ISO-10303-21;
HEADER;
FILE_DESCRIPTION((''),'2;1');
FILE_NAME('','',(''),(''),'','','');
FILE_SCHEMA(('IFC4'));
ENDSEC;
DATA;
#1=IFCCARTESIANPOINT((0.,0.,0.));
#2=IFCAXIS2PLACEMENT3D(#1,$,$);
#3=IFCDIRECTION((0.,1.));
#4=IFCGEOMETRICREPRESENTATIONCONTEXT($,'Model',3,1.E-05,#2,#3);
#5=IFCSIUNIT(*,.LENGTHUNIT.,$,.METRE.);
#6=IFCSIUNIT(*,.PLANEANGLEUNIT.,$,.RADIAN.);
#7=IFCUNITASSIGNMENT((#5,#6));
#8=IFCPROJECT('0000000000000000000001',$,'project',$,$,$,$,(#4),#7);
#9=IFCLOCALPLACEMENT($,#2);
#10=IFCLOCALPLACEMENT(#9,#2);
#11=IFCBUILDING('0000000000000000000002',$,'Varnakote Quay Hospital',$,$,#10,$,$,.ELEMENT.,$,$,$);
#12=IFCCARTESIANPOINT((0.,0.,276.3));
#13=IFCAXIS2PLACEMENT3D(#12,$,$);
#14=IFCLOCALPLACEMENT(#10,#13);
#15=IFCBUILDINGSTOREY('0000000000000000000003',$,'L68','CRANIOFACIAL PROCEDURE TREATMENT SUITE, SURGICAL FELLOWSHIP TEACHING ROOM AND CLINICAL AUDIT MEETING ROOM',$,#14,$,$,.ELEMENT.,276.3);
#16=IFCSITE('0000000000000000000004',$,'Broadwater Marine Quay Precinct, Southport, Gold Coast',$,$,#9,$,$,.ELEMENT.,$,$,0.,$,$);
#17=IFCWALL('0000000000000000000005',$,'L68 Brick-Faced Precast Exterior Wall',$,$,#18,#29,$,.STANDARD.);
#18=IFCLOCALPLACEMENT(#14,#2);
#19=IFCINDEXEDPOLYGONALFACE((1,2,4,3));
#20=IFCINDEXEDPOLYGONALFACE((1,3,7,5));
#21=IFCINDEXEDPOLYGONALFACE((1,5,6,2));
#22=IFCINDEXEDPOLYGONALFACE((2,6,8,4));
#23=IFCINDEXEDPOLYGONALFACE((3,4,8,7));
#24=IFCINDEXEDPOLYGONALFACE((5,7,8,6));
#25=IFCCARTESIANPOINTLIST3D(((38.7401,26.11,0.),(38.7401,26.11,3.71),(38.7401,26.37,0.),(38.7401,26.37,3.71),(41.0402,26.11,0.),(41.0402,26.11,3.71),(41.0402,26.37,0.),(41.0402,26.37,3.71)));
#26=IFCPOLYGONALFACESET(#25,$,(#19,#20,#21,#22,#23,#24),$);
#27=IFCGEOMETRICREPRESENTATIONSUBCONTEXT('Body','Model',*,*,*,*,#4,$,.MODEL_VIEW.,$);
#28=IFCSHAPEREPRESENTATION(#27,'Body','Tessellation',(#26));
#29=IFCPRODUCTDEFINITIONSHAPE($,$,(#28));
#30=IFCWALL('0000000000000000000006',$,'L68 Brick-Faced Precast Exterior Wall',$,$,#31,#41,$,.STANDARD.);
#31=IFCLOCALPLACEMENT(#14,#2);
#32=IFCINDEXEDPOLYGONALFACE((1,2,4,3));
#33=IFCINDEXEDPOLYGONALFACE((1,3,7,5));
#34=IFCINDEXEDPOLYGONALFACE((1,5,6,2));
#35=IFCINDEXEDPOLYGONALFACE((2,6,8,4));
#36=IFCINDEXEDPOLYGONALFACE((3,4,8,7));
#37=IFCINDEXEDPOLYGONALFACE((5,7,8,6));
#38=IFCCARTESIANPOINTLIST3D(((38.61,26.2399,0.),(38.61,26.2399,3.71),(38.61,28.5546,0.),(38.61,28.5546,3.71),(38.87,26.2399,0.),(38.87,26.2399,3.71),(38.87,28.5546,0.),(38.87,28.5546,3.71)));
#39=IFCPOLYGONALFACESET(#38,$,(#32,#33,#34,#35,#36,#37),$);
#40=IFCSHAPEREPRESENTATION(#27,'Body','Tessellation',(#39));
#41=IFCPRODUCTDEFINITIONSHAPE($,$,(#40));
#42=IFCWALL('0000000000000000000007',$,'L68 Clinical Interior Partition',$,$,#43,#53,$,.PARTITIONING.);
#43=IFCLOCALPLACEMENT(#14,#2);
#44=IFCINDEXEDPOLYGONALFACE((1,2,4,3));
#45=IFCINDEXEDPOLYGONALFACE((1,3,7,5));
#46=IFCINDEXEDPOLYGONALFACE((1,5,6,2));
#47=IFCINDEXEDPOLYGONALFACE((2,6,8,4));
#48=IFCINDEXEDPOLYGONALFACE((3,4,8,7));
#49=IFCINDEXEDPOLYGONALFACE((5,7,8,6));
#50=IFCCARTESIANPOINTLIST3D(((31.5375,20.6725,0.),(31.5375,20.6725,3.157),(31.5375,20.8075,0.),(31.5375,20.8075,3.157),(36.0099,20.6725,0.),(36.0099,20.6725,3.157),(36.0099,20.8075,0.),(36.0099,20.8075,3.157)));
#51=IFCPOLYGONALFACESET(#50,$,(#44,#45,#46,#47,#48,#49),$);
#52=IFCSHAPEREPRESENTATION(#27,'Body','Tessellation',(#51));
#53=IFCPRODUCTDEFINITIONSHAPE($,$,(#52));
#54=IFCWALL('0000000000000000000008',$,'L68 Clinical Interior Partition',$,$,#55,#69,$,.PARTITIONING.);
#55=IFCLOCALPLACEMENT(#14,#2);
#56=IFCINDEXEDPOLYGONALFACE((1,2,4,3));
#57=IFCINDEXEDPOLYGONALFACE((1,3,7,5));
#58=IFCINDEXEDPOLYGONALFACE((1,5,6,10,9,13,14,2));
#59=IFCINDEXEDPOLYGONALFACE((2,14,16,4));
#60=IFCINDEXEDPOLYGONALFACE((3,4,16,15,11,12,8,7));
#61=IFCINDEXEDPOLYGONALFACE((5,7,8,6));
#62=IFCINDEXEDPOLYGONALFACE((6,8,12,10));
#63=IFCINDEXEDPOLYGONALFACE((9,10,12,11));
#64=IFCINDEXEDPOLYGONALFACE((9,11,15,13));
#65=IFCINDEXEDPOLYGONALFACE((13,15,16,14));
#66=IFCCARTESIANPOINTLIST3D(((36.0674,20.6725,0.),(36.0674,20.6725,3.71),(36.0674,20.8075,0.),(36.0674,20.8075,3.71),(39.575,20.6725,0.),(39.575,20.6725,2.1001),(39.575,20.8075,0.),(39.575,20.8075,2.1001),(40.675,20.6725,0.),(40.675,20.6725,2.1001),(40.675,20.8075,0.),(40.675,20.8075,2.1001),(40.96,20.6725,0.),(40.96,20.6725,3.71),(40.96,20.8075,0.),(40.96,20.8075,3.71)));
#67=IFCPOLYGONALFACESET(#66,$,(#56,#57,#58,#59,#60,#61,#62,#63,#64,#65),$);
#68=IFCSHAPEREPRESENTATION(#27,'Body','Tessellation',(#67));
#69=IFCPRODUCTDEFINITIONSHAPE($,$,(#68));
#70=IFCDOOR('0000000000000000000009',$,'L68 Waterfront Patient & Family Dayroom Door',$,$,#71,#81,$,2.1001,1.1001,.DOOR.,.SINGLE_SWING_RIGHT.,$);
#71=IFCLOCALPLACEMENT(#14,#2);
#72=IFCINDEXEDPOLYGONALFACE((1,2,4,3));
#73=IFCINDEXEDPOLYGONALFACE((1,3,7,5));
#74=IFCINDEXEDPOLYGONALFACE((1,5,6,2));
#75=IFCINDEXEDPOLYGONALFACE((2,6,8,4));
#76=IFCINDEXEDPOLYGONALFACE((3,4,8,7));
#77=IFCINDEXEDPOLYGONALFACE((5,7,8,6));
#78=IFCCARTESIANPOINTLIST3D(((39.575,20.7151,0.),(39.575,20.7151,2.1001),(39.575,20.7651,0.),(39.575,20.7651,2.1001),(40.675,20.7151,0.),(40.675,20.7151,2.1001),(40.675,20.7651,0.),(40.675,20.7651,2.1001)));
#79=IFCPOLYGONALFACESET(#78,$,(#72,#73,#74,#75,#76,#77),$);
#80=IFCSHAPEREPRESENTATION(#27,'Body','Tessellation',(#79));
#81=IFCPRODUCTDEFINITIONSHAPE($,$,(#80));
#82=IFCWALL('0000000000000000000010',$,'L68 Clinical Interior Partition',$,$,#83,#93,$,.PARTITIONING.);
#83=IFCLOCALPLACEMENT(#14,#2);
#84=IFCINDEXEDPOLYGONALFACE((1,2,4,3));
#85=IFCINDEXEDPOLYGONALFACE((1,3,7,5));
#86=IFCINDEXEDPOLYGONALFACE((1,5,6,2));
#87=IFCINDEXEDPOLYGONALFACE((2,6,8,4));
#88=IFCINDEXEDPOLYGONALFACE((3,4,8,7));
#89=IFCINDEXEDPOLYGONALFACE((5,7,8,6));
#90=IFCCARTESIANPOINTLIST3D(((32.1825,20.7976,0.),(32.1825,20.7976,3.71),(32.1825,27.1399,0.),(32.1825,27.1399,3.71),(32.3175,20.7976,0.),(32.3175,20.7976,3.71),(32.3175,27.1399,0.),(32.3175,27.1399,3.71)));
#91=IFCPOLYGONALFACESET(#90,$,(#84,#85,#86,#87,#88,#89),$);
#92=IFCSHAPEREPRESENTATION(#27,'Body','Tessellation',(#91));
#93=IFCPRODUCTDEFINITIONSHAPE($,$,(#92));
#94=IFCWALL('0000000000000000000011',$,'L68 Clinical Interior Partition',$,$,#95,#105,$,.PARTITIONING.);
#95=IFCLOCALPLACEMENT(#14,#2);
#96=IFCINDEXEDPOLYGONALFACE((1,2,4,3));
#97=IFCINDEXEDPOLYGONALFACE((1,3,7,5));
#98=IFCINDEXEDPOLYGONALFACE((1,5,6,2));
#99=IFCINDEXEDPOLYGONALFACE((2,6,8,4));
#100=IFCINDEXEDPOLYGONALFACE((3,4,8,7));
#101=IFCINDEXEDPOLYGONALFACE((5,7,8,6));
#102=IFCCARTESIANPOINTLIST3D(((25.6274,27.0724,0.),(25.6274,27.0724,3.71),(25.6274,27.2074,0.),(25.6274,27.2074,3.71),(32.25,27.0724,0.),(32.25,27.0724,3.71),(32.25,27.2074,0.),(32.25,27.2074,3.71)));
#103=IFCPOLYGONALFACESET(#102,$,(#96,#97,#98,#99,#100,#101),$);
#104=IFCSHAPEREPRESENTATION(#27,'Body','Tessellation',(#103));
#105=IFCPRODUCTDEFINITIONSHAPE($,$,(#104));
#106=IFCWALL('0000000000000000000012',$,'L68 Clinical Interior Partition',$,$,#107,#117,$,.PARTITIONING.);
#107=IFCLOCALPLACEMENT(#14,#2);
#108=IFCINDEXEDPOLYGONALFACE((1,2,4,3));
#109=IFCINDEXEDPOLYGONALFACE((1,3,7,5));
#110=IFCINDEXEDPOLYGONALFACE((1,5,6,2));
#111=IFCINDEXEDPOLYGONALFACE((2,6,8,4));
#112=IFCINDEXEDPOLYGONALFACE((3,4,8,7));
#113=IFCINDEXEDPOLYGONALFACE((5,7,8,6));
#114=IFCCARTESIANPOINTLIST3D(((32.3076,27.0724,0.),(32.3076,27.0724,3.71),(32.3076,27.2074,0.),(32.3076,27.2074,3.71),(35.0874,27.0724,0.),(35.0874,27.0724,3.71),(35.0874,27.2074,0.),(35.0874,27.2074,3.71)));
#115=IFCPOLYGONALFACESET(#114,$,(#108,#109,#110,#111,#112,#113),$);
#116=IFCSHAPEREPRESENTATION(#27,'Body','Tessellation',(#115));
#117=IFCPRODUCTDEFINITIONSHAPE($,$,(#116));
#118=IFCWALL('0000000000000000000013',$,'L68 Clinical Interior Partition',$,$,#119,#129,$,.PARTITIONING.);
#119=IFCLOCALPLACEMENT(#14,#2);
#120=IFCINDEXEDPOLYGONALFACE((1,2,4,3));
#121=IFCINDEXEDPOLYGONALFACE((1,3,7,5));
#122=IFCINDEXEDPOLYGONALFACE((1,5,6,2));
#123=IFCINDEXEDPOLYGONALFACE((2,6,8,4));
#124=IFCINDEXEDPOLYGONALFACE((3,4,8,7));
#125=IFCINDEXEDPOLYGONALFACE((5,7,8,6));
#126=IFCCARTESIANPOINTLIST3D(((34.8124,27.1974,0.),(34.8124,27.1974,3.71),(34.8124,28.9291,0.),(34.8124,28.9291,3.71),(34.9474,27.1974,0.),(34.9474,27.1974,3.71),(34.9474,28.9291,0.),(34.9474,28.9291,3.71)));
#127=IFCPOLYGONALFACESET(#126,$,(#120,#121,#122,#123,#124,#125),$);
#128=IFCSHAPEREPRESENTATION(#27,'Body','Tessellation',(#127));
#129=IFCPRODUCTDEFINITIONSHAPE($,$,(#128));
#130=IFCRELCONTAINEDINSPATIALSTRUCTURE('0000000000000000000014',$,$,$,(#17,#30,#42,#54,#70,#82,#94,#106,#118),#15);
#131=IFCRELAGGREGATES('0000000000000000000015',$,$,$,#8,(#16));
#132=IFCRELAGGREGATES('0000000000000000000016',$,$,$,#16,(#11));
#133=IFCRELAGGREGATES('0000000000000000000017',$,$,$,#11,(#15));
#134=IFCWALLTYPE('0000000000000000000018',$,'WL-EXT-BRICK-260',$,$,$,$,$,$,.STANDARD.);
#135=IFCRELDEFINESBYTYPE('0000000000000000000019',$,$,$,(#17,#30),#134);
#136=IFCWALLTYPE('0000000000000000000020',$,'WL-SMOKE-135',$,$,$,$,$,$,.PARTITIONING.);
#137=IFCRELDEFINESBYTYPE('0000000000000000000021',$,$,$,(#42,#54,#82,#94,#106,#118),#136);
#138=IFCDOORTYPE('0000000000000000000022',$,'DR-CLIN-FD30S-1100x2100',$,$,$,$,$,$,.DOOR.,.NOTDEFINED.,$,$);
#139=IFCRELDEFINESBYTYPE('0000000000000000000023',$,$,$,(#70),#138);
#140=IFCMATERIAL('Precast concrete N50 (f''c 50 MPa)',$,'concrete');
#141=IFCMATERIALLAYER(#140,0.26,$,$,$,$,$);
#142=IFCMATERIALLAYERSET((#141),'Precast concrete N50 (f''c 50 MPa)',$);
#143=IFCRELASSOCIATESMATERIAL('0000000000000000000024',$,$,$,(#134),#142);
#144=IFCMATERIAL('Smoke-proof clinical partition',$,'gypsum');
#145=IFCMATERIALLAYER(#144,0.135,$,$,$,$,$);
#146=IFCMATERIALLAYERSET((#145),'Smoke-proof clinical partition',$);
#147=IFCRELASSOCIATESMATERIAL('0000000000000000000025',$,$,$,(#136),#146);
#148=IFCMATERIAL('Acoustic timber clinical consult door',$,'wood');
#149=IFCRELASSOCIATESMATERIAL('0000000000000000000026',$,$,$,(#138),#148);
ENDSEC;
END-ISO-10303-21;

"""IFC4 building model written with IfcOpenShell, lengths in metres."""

from ifc_helpers import new_model, si_unit, direction, frame, frame_2d, origin, place, context, subcontext, project, spatial, rectangle, extrude, material, layer, layer_set, type_object, element, fill, save


model = new_model("IFC4")

# Units and contexts
model_context = context("Model", 3, precision=1e-05, world=origin(), true_north=direction((0.0, 1.0)))
body_context = subcontext(model_context, "Body", "Model", "MODEL_VIEW")
ifc_project = project(units=[si_unit("LENGTHUNIT", "METRE"), si_unit("PLANEANGLEUNIT", "RADIAN")], contexts=[model_context])

# Site, building, storey
site_placement = place(None, origin())
site = spatial("IfcSite", under=ifc_project, at=site_placement, Name="Broadwater Marine Quay Precinct, Southport, Gold Coast", CompositionType="ELEMENT", RefElevation=0.0)
building_placement = place(site_placement, origin())
building = spatial("IfcBuilding", under=site, at=building_placement, Name="Varnakote Quay Hospital", CompositionType="ELEMENT")
storey_placement = place(building_placement, frame((0.0, 0.0, 276.3)))
storey = spatial("IfcBuildingStorey", under=building, at=storey_placement, Name="L68", Description="CRANIOFACIAL PROCEDURE TREATMENT SUITE, SURGICAL FELLOWSHIP TEACHING ROOM AND CLINICAL AUDIT MEETING ROOM", CompositionType="ELEMENT", Elevation=276.3)

# Walls
ifc_material_1 = material(Name="Precast concrete N50 (f'c 50 MPa)", Category="concrete")
ifc_layer_1 = layer(ifc_material_1, 0.26)
ifc_layer_set_1 = layer_set([ifc_layer_1], Name="Precast concrete N50 (f'c 50 MPa)")
wall_type_1 = type_object("IfcWallType", Name="WL-EXT-BRICK-260", PredefinedType="STANDARD", material=ifc_layer_set_1)
wall_1_placement = place(storey_placement, frame((41.04, 26.24, 0.0), z_axis=(0.0, 0.0, 1.0), x_axis=(-1.0, 0.0, 0.0)))
element("IfcWall", 1, at=wall_1_placement, inside=storey, type_object=wall_type_1, Name="L68 Brick-Faced Precast Exterior Wall", PredefinedType="STANDARD", context=body_context, shape_type="SweptSolid", body=[
    extrude(rectangle(XDim=2.3, YDim=0.26, at=frame_2d((1.1499, 0.0))), origin(), (0.0, 0.0, 1.0), 3.71),
])
wall_2_placement = place(storey_placement, frame((38.74, 26.24, 0.0), z_axis=(0.0, 0.0, 1.0), x_axis=(0.0, 1.0, 0.0)))
element("IfcWall", 2, at=wall_2_placement, inside=storey, type_object=wall_type_1, Name="L68 Brick-Faced Precast Exterior Wall", PredefinedType="STANDARD", context=body_context, shape_type="SweptSolid", body=[
    extrude(rectangle(XDim=2.3147, YDim=0.26, at=frame_2d((1.1572, 0.0))), origin(), (0.0, 0.0, 1.0), 3.71),
])
ifc_material_2 = material(Name="Smoke-proof clinical partition", Category="gypsum")
ifc_layer_2 = layer(ifc_material_2, 0.135)
ifc_layer_set_2 = layer_set([ifc_layer_2], Name="Smoke-proof clinical partition")
wall_type_2 = type_object("IfcWallType", Name="WL-SMOKE-135", PredefinedType="PARTITIONING", material=ifc_layer_set_2)
wall_3_placement = place(storey_placement, frame((36.01, 20.74, 0.0), z_axis=(0.0, 0.0, 1.0), x_axis=(-1.0, 0.0, 0.0)))
element("IfcWall", 3, at=wall_3_placement, inside=storey, type_object=wall_type_2, Name="L68 Clinical Interior Partition", PredefinedType="PARTITIONING", context=body_context, shape_type="SweptSolid", body=[
    extrude(rectangle(XDim=4.4724, YDim=0.135, at=frame_2d((2.2363, 0.0))), origin(), (0.0, 0.0, 1.0), 3.157),
])

# Wall, opening, door
wall_4_placement = place(storey_placement, frame((40.96, 20.74, 0.0), z_axis=(0.0, 0.0, 1.0), x_axis=(-1.0, 0.0, 0.0)))
wall_4 = element("IfcWall", 4, at=wall_4_placement, inside=storey, type_object=wall_type_2, Name="L68 Clinical Interior Partition", PredefinedType="PARTITIONING", context=body_context, shape_type="SweptSolid", body=[
    extrude(rectangle(XDim=4.8926, YDim=0.135, at=frame_2d((2.4463, 0.0))), origin(), (0.0, 0.0, 1.0), 3.71),
])
opening_1_placement = place(wall_4_placement, frame((0.2849, 0.0, 0.0)))
opening_1 = element("IfcOpeningElement", 5, at=opening_1_placement, cuts=wall_4, PredefinedType="OPENING", context=body_context, shape_type="SweptSolid", body=[
    extrude(rectangle(XDim=1.1001, YDim=2.1001, at=frame_2d((0.55, 1.05))), frame((0.0, 0.0774, 0.0), z_axis=(0.0, -1.0, 0.0), x_axis=(1.0, 0.0, 0.0)), (0.0, 0.0, 1.0), 0.155),
])
ifc_material_3 = material(Name="Acoustic timber clinical consult door", Category="wood")
door_type_1 = type_object("IfcDoorType", Name="DR-CLIN-FD30S-1100x2100", OperationType="NOTDEFINED", PredefinedType="DOOR", material=ifc_material_3)
door_1_placement = place(opening_1_placement, origin())
door_1 = element("IfcDoor", 6, at=door_1_placement, inside=storey, type_object=door_type_1, Name="L68 Waterfront Patient & Family Dayroom Door", OperationType="SINGLE_SWING_RIGHT", OverallHeight=2.1001, OverallWidth=1.1001, PredefinedType="DOOR", context=body_context, shape_type="SweptSolid", body=[
    extrude(rectangle(XDim=1.1001, YDim=2.1001, at=frame_2d((0.55, 1.05))), frame((0.0, 0.0249, 0.0), z_axis=(0.0, -1.0, 0.0), x_axis=(1.0, 0.0, 0.0)), (0.0, 0.0, 1.0), 0.05),
])
fill(opening_1, door_1)

# Walls
wall_5_placement = place(storey_placement, frame((32.25, 20.7976, 0.0), z_axis=(0.0, 0.0, 1.0), x_axis=(0.0, 1.0, 0.0)))
element("IfcWall", 7, at=wall_5_placement, inside=storey, type_object=wall_type_2, Name="L68 Clinical Interior Partition", PredefinedType="PARTITIONING", context=body_context, shape_type="SweptSolid", body=[
    extrude(rectangle(XDim=6.3423, YDim=0.135, at=frame_2d((3.1711, 0.0))), origin(), (0.0, 0.0, 1.0), 3.71),
])
wall_6_placement = place(storey_placement, frame((32.25, 27.1399, 0.0), z_axis=(0.0, 0.0, 1.0), x_axis=(-1.0, 0.0, 0.0)))
element("IfcWall", 8, at=wall_6_placement, inside=storey, type_object=wall_type_2, Name="L68 Clinical Interior Partition", PredefinedType="PARTITIONING", context=body_context, shape_type="SweptSolid", body=[
    extrude(rectangle(XDim=6.6226, YDim=0.135, at=frame_2d((3.3113, 0.0))), origin(), (0.0, 0.0, 1.0), 3.71),
])
wall_7_placement = place(storey_placement, frame((35.0874, 27.1399, 0.0), z_axis=(0.0, 0.0, 1.0), x_axis=(-1.0, 0.0, 0.0)))
element("IfcWall", 9, at=wall_7_placement, inside=storey, type_object=wall_type_2, Name="L68 Clinical Interior Partition", PredefinedType="PARTITIONING", context=body_context, shape_type="SweptSolid", body=[
    extrude(rectangle(XDim=2.7798, YDim=0.135, at=frame_2d((1.3899, 0.0))), origin(), (0.0, 0.0, 1.0), 3.71),
])

# Wall
wall_8_placement = place(storey_placement, frame((34.8799, 27.1975, 0.0), z_axis=(0.0, 0.0, 1.0), x_axis=(0.0, 1.0, 0.0)))
element("IfcWall", 10, at=wall_8_placement, inside=storey, type_object=wall_type_2, Name="L68 Clinical Interior Partition", PredefinedType="PARTITIONING", context=body_context, shape_type="SweptSolid", body=[
    extrude(rectangle(XDim=1.7317, YDim=0.135, at=frame_2d((0.8657, 0.0))), origin(), (0.0, 0.0, 1.0), 3.71),
])

save(model, "model.ifc")
